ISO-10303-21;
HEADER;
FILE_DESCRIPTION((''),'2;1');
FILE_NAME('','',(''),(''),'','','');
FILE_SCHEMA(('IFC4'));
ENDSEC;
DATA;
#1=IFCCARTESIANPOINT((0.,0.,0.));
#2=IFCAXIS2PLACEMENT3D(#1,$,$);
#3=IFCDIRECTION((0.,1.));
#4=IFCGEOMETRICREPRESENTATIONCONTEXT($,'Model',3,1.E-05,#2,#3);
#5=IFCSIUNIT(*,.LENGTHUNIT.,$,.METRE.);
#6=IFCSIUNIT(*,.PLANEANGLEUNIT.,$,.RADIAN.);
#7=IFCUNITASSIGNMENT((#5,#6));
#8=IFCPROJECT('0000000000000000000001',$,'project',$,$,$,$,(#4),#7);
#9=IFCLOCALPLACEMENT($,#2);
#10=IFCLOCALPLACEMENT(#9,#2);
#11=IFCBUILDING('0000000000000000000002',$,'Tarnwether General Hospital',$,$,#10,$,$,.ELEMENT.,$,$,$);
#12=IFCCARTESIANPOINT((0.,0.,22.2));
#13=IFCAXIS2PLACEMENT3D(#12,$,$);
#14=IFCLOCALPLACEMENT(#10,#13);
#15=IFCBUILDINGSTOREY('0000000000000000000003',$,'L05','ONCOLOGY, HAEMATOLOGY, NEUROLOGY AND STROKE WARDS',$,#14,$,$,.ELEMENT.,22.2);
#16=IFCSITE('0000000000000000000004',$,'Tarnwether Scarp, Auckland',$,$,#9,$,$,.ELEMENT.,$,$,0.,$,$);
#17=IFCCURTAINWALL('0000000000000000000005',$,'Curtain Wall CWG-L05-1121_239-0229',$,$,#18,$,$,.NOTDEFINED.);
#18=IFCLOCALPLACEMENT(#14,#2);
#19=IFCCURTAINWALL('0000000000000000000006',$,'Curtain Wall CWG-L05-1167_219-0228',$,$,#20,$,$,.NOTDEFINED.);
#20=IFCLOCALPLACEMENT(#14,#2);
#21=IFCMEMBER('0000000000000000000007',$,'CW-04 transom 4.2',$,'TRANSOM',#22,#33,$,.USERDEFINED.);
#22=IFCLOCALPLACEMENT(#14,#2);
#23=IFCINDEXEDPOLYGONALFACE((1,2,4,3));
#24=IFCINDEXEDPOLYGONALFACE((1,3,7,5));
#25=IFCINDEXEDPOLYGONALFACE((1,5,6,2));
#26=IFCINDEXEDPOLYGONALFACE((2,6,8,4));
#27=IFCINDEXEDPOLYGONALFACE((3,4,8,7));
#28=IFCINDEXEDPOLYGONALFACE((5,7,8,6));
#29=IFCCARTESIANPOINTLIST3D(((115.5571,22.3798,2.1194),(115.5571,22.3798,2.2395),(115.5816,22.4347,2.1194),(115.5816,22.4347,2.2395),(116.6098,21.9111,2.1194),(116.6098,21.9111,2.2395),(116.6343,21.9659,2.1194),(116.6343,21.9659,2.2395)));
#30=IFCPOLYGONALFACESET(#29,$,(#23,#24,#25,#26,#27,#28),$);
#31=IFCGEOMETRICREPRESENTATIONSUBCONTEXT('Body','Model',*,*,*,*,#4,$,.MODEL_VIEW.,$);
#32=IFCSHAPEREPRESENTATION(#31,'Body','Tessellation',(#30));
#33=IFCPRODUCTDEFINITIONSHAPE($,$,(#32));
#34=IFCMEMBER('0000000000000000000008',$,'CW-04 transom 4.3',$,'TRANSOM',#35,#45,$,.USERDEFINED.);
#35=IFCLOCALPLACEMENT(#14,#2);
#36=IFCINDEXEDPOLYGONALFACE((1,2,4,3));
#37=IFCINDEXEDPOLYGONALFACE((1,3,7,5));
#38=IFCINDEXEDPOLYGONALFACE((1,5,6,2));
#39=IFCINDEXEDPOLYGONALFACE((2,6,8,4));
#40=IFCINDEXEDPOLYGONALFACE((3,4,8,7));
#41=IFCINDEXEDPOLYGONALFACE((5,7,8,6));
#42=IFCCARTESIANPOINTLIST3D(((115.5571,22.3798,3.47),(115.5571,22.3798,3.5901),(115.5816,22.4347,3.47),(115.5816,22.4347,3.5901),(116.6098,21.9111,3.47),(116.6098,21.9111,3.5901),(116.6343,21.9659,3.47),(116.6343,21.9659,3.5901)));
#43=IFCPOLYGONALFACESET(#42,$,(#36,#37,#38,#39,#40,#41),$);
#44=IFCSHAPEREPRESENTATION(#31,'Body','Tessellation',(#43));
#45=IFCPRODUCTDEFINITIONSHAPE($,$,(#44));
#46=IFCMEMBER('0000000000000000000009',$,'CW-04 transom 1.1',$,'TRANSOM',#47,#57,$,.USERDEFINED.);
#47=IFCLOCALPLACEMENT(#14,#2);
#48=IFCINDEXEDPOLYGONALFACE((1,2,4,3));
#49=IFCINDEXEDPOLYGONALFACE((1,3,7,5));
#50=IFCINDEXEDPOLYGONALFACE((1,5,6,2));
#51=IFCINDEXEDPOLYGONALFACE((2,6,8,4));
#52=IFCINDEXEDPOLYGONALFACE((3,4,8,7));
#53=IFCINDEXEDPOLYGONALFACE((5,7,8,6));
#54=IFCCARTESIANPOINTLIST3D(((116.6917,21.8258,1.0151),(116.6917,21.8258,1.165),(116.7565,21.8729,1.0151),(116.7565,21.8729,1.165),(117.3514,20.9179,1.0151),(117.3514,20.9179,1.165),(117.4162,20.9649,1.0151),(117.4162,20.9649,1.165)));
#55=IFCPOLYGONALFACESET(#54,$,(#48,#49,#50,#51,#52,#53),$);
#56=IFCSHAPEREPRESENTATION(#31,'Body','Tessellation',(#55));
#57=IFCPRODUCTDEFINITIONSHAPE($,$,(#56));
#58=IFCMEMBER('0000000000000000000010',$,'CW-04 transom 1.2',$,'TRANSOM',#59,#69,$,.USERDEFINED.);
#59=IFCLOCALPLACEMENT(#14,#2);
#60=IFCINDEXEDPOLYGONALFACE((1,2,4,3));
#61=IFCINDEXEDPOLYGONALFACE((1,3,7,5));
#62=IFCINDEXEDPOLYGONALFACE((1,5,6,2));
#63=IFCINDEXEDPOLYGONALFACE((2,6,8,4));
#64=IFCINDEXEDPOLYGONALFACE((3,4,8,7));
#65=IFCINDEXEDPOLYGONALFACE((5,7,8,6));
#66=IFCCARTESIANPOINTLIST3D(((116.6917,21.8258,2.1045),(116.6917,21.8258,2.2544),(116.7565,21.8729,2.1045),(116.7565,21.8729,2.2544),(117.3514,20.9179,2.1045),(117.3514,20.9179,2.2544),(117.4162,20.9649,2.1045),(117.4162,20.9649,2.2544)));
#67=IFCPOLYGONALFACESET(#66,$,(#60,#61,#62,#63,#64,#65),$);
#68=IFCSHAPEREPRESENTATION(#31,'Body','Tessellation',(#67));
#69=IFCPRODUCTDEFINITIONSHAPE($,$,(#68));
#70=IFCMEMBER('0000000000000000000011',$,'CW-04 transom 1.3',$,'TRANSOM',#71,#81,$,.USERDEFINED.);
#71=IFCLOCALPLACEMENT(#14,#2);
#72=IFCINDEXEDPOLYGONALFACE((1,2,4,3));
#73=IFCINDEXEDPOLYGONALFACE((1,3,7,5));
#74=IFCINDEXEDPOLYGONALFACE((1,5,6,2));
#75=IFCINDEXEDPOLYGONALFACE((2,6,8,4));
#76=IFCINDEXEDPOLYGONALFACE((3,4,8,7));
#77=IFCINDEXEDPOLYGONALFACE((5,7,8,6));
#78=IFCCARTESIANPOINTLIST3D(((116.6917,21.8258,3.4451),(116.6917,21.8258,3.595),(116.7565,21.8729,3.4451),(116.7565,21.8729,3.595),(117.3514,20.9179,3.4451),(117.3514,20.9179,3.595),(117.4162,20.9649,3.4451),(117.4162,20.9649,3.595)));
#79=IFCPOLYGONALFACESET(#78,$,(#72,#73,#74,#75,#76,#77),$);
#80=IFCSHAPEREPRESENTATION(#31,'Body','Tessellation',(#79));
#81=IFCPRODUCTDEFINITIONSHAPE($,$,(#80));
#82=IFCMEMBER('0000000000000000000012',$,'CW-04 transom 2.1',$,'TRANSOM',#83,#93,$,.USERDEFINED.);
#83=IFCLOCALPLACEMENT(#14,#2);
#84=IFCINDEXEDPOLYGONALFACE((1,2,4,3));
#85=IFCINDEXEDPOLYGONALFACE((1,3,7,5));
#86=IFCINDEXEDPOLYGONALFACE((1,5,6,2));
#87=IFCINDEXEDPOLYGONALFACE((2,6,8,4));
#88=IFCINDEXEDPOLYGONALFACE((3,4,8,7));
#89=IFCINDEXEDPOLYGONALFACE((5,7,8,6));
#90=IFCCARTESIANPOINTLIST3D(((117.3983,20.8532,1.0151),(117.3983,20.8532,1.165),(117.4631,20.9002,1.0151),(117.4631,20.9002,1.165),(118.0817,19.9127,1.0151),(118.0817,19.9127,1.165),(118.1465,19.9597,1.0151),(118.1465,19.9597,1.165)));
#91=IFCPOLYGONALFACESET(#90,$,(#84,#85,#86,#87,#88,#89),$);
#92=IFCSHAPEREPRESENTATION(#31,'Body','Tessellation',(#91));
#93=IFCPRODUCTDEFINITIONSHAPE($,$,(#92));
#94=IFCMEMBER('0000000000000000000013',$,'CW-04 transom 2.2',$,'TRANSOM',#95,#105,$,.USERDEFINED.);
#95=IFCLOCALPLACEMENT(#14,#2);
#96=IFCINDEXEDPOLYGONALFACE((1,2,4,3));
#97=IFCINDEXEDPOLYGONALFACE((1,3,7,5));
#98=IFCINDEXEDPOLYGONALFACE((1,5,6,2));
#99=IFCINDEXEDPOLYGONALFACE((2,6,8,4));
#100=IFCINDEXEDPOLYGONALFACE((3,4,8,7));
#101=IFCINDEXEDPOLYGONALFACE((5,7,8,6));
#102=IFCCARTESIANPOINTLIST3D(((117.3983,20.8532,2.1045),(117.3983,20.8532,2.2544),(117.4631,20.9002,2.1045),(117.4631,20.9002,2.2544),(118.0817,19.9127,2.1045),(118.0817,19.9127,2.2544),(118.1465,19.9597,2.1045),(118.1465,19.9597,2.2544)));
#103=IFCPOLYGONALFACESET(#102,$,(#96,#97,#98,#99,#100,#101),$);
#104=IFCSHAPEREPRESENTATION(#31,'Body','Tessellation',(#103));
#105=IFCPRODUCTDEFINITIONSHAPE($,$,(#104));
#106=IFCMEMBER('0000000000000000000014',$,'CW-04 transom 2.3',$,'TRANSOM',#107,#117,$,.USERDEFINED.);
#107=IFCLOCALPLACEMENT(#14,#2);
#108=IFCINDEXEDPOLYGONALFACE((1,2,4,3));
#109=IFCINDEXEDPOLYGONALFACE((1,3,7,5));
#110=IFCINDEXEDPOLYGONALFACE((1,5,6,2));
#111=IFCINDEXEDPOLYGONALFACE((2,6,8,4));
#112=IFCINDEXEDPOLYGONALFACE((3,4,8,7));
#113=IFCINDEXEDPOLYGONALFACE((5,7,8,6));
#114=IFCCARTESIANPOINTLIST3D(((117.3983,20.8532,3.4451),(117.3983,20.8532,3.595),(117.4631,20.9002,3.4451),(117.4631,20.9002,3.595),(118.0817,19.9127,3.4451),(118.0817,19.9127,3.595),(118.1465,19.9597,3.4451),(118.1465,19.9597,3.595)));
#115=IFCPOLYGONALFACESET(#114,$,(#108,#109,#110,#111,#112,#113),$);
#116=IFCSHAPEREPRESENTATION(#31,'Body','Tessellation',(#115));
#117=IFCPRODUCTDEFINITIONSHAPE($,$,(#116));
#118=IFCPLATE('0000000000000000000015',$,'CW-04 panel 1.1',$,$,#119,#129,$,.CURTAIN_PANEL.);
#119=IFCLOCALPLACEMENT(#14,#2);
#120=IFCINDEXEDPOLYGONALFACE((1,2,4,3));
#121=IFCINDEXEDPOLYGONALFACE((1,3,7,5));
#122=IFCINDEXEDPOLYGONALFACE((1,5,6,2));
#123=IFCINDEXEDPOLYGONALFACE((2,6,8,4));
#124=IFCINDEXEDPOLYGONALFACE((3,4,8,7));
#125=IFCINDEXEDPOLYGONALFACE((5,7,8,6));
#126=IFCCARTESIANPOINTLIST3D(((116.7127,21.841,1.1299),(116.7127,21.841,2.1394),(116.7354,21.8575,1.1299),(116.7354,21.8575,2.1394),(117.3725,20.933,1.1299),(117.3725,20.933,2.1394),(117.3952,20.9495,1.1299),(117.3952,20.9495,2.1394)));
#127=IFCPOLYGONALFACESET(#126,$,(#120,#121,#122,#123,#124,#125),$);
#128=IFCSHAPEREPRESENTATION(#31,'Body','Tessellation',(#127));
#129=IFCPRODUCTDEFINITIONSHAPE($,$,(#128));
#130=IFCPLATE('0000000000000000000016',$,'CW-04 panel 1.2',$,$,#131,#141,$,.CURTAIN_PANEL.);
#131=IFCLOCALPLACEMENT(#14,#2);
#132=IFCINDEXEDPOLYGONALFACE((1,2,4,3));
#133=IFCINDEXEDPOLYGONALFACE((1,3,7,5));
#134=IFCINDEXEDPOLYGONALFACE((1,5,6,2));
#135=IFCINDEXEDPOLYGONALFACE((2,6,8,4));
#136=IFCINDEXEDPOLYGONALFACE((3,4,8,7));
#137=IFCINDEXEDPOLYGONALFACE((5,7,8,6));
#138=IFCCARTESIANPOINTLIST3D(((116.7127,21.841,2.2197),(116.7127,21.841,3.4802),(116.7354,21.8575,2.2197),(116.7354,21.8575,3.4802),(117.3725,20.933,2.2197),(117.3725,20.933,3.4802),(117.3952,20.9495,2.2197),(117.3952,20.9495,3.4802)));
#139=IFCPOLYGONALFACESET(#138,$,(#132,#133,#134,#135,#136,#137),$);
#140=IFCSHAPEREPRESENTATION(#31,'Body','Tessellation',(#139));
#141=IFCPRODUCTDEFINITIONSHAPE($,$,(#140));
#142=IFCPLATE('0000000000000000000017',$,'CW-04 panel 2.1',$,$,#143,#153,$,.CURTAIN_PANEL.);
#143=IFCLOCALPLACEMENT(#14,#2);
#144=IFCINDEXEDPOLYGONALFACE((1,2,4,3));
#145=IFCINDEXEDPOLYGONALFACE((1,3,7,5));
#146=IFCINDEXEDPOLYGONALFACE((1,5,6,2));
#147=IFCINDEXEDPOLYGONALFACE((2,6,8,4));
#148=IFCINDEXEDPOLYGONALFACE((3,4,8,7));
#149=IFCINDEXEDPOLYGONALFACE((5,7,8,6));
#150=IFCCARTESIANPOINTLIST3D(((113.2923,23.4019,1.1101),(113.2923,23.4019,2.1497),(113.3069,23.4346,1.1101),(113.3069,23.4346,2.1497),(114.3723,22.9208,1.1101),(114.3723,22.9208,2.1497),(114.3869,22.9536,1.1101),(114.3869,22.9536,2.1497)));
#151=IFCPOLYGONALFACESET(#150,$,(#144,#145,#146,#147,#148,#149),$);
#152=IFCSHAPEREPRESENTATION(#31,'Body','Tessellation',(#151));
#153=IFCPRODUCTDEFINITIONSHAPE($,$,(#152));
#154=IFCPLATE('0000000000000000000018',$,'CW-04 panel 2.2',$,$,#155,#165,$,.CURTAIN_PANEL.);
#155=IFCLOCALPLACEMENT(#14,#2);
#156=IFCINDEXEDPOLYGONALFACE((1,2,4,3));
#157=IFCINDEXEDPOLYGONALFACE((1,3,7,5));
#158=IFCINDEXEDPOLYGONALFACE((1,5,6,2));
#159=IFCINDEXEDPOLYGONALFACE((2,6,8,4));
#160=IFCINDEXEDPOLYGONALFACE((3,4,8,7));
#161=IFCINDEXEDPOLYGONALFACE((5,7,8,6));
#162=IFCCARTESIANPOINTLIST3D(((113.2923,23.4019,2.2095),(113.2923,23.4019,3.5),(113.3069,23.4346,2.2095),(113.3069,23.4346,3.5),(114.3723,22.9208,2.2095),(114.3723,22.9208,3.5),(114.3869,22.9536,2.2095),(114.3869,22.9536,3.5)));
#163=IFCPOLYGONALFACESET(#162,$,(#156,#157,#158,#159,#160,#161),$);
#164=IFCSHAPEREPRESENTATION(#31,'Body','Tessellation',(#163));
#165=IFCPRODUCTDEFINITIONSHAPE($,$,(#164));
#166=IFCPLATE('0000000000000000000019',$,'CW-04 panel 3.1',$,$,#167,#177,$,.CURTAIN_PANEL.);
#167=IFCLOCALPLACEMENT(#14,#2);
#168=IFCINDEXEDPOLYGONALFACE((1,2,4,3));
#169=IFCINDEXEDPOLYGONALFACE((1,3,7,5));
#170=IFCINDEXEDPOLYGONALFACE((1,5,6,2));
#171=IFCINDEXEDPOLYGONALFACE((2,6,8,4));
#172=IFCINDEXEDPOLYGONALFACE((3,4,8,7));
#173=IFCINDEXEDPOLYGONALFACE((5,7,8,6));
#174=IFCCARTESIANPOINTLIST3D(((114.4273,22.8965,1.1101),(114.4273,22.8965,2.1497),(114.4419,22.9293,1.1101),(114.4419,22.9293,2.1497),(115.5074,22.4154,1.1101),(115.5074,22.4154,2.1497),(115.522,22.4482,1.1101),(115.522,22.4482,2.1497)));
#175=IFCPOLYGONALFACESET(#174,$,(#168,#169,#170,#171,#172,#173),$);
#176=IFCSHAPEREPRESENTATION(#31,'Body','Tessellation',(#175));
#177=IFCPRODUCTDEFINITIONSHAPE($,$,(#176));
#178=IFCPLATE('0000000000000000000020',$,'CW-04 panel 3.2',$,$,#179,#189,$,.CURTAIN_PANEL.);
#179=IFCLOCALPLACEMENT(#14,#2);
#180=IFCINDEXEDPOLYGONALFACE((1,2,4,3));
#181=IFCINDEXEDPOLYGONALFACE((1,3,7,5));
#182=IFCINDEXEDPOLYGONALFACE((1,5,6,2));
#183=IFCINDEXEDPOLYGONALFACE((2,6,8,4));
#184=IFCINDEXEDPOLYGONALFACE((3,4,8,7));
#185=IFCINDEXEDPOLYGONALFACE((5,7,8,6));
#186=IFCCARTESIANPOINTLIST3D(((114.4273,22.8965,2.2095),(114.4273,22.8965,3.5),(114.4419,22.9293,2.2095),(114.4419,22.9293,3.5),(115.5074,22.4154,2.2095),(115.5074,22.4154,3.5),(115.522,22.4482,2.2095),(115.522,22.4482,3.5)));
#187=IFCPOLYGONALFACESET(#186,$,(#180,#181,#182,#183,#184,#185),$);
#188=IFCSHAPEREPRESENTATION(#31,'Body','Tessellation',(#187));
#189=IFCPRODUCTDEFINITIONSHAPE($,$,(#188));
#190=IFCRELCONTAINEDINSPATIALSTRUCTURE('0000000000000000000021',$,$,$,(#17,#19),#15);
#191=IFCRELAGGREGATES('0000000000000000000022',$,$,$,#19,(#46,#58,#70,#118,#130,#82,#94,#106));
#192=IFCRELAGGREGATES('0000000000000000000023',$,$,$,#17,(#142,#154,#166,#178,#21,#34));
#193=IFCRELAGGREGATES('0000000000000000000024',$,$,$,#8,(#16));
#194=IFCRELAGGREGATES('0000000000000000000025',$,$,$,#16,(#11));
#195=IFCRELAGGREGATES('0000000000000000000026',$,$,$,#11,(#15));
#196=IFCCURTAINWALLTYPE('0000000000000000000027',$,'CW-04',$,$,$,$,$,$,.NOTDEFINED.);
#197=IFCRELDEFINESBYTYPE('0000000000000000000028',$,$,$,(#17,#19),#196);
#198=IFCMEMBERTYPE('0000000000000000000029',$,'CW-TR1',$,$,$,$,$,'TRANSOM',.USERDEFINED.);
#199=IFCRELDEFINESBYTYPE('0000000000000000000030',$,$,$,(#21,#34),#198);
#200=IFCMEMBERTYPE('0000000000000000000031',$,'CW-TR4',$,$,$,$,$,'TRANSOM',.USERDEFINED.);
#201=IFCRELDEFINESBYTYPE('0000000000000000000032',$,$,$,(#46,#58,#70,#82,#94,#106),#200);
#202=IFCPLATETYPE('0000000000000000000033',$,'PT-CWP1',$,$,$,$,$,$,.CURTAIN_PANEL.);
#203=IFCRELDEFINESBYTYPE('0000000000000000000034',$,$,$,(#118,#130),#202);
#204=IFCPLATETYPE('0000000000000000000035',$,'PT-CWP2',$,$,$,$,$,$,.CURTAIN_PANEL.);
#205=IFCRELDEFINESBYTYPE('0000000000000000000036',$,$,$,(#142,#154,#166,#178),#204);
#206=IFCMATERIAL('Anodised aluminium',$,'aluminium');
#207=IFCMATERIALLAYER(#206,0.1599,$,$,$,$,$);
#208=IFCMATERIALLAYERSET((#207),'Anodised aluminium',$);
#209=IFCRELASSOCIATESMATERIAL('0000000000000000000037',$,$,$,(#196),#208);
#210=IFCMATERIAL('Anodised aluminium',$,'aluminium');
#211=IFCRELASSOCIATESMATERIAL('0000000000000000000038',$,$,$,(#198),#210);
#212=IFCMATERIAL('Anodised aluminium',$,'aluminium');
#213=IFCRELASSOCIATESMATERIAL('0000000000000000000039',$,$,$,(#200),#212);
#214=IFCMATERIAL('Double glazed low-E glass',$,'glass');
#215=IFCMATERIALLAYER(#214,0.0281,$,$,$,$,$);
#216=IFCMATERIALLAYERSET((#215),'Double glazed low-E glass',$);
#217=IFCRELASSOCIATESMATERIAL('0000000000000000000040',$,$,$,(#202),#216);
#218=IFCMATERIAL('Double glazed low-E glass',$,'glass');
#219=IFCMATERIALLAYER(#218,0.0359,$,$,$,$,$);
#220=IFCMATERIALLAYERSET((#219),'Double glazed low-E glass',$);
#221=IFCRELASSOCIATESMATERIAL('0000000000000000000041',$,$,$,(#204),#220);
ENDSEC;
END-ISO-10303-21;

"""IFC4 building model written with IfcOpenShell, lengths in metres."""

from ifc_helpers import new_model, si_unit, direction, frame, origin, origin_2d, place, context, subcontext, project, spatial, rectangle, extrude, material, layer, layer_set, material_profile, profile_set, type_object, element, aggregate, save


model = new_model("IFC4")

# Units and contexts
model_context = context("Model", 3, precision=1e-05, world=origin(), true_north=direction((0.0, 1.0)))
body_context = subcontext(model_context, "Body", "Model", "MODEL_VIEW")
ifc_project = project(units=[si_unit("LENGTHUNIT", "METRE"), si_unit("PLANEANGLEUNIT", "RADIAN")], contexts=[model_context])

# Site, building, storey
site_placement = place(None, origin())
site = spatial("IfcSite", under=ifc_project, at=site_placement, Name="Tarnwether Scarp, Auckland", CompositionType="ELEMENT", RefElevation=0.0)
building_placement = place(site_placement, origin())
building = spatial("IfcBuilding", under=site, at=building_placement, Name="Tarnwether General Hospital", CompositionType="ELEMENT")
storey_placement = place(building_placement, frame((0.0, 0.0, 22.2)))
storey = spatial("IfcBuildingStorey", under=building, at=storey_placement, Name="L05", Description="ONCOLOGY, HAEMATOLOGY, NEUROLOGY AND STROKE WARDS", CompositionType="ELEMENT", Elevation=22.2)

# Curtain walls
ifc_material_1 = material(Name="Anodised aluminium", Category="aluminium")
ifc_layer_1 = layer(ifc_material_1, 0.1599)
ifc_layer_set_1 = layer_set([ifc_layer_1], Name="Anodised aluminium")
curtain_wall_type = type_object("IfcCurtainWallType", Name="CW-04", PredefinedType="NOTDEFINED", material=ifc_layer_set_1)
curtain_wall_1_placement = place(storey_placement, origin())
curtain_wall_1 = element("IfcCurtainWall", 1, at=curtain_wall_1_placement, inside=storey, type_object=curtain_wall_type, Name="Curtain Wall CWG-L05-1121_239-0229", PredefinedType="NOTDEFINED")
curtain_wall_2_placement = place(storey_placement, origin())
curtain_wall_2 = element("IfcCurtainWall", 2, at=curtain_wall_2_placement, inside=storey, type_object=curtain_wall_type, Name="Curtain Wall CWG-L05-1167_219-0228", PredefinedType="NOTDEFINED")

# Members
ifc_material_2 = material(Name="Anodised aluminium", Category="aluminium")
ifc_material_profile_1 = material_profile(ifc_material_2, rectangle(XDim=0.0601, YDim=0.1201, at=origin_2d()), Name="ALU-TRN-60x120")
ifc_profile_set_1 = profile_set([ifc_material_profile_1], Name="Anodised aluminium")
member_type_1 = type_object("IfcMemberType", Name="CW-TR1", ElementType="TRANSOM", PredefinedType="USERDEFINED", material=ifc_profile_set_1)
member_1_placement = place(storey_placement, frame((115.5693, 22.4072, 2.1794), z_axis=(0.913532, -0.406767, 0.0), x_axis=(0.406767, 0.913532, 0.0)))
member_1 = element("IfcMember", 3, at=member_1_placement, type_object=member_type_1, Name="CW-04 transom 4.2", ObjectType="TRANSOM", PredefinedType="USERDEFINED", context=body_context, shape_type="SweptSolid", body=[
    extrude(rectangle(XDim=0.0601, YDim=0.1201, at=origin_2d()), origin(), (0.0, 0.0, 1.0), 1.1523),
])
member_2_placement = place(storey_placement, frame((115.5693, 22.4072, 3.53), z_axis=(0.913532, -0.406767, 0.0), x_axis=(0.406767, 0.913532, 0.0)))
member_2 = element("IfcMember", 4, at=member_2_placement, type_object=member_type_1, Name="CW-04 transom 4.3", ObjectType="TRANSOM", PredefinedType="USERDEFINED", context=body_context, shape_type="SweptSolid", body=[
    extrude(rectangle(XDim=0.0601, YDim=0.1201, at=origin_2d()), origin(), (0.0, 0.0, 1.0), 1.1523),
])
ifc_material_3 = material(Name="Anodised aluminium", Category="aluminium")
ifc_material_profile_2 = material_profile(ifc_material_3, rectangle(XDim=0.0801, YDim=0.1499, at=origin_2d()), Name="ALU-TRN-80x150")
ifc_profile_set_2 = profile_set([ifc_material_profile_2], Name="Anodised aluminium")
member_type_2 = type_object("IfcMemberType", Name="CW-TR4", ElementType="TRANSOM", PredefinedType="USERDEFINED", material=ifc_profile_set_2)
member_3_placement = place(storey_placement, frame((116.7241, 21.8494, 1.0901), z_axis=(0.587784, -0.809018, 0.0), x_axis=(0.809018, 0.587784, 0.0)))
member_3 = element("IfcMember", 5, at=member_3_placement, type_object=member_type_2, Name="CW-04 transom 1.1", ObjectType="TRANSOM", PredefinedType="USERDEFINED", context=body_context, shape_type="SweptSolid", body=[
    extrude(rectangle(XDim=0.0801, YDim=0.1499, at=origin_2d()), origin(), (0.0, 0.0, 1.0), 1.1223),
])
member_4_placement = place(storey_placement, frame((116.7241, 21.8494, 2.1794), z_axis=(0.587784, -0.809018, 0.0), x_axis=(0.809018, 0.587784, 0.0)))
member_4 = element("IfcMember", 6, at=member_4_placement, type_object=member_type_2, Name="CW-04 transom 1.2", ObjectType="TRANSOM", PredefinedType="USERDEFINED", context=body_context, shape_type="SweptSolid", body=[
    extrude(rectangle(XDim=0.0801, YDim=0.1499, at=origin_2d()), origin(), (0.0, 0.0, 1.0), 1.1223),
])
member_5_placement = place(storey_placement, frame((116.7241, 21.8494, 3.52), z_axis=(0.587784, -0.809018, 0.0), x_axis=(0.809018, 0.587784, 0.0)))
member_5 = element("IfcMember", 7, at=member_5_placement, type_object=member_type_2, Name="CW-04 transom 1.3", ObjectType="TRANSOM", PredefinedType="USERDEFINED", context=body_context, shape_type="SweptSolid", body=[
    extrude(rectangle(XDim=0.0801, YDim=0.1499, at=origin_2d()), origin(), (0.0, 0.0, 1.0), 1.1223),
])
member_6_placement = place(storey_placement, frame((117.4307, 20.8767, 1.0901), z_axis=(0.587834, -0.808981, 0.0), x_axis=(0.808981, 0.587834, 0.0)))
member_6 = element("IfcMember", 8, at=member_6_placement, type_object=member_type_2, Name="CW-04 transom 2.1", ObjectType="TRANSOM", PredefinedType="USERDEFINED", context=body_context, shape_type="SweptSolid", body=[
    extrude(rectangle(XDim=0.0801, YDim=0.1499, at=origin_2d()), origin(), (0.0, 0.0, 1.0), 1.1626),
])
member_7_placement = place(storey_placement, frame((117.4307, 20.8767, 2.1794), z_axis=(0.587834, -0.808981, 0.0), x_axis=(0.808981, 0.587834, 0.0)))
member_7 = element("IfcMember", 9, at=member_7_placement, type_object=member_type_2, Name="CW-04 transom 2.2", ObjectType="TRANSOM", PredefinedType="USERDEFINED", context=body_context, shape_type="SweptSolid", body=[
    extrude(rectangle(XDim=0.0801, YDim=0.1499, at=origin_2d()), origin(), (0.0, 0.0, 1.0), 1.1626),
])
member_8_placement = place(storey_placement, frame((117.4307, 20.8767, 3.52), z_axis=(0.587834, -0.808981, 0.0), x_axis=(0.808981, 0.587834, 0.0)))
member_8 = element("IfcMember", 10, at=member_8_placement, type_object=member_type_2, Name="CW-04 transom 2.3", ObjectType="TRANSOM", PredefinedType="USERDEFINED", context=body_context, shape_type="SweptSolid", body=[
    extrude(rectangle(XDim=0.0801, YDim=0.1499, at=origin_2d()), origin(), (0.0, 0.0, 1.0), 1.1626),
])

# Plates
ifc_material_4 = material(Name="Double glazed low-E glass", Category="glass")
ifc_layer_2 = layer(ifc_material_4, 0.0281)
ifc_layer_set_2 = layer_set([ifc_layer_2], Name="Double glazed low-E glass")
plate_type_1 = type_object("IfcPlateType", Name="PT-CWP1", PredefinedType="CURTAIN_PANEL", material=ifc_layer_set_2)
plate_1_placement = place(storey_placement, frame((117.054, 21.3953, 1.1299), z_axis=(0.0, 0.0, 1.0), x_axis=(0.587825, -0.808988, 0.0)))
plate_1 = element("IfcPlate", 11, at=plate_1_placement, type_object=plate_type_1, Name="CW-04 panel 1.1", PredefinedType="CURTAIN_PANEL", context=body_context, shape_type="SweptSolid", body=[
    extrude(rectangle(XDim=1.1223, YDim=0.0281, at=origin_2d()), origin(), (0.0, 0.0, 1.0), 1.0095),
])
plate_2_placement = place(storey_placement, frame((117.054, 21.3953, 2.2197), z_axis=(0.0, 0.0, 1.0), x_axis=(0.587825, -0.808988, 0.0)))
plate_2 = element("IfcPlate", 12, at=plate_2_placement, type_object=plate_type_1, Name="CW-04 panel 1.2", PredefinedType="CURTAIN_PANEL", context=body_context, shape_type="SweptSolid", body=[
    extrude(rectangle(XDim=1.1223, YDim=0.0281, at=origin_2d()), origin(), (0.0, 0.0, 1.0), 1.2605),
])
aggregate(curtain_wall_2, [member_3, member_4, member_5, plate_1, plate_2, member_6, member_7, member_8])
ifc_material_5 = material(Name="Double glazed low-E glass", Category="glass")
ifc_layer_3 = layer(ifc_material_5, 0.0359)
ifc_layer_set_3 = layer_set([ifc_layer_3], Name="Double glazed low-E glass")
plate_type_2 = type_object("IfcPlateType", Name="PT-CWP2", PredefinedType="CURTAIN_PANEL", material=ifc_layer_set_3)
plate_3_placement = place(storey_placement, frame((113.8396, 23.1777, 1.1101), z_axis=(0.0, 0.0, 1.0), x_axis=(0.913496, -0.406848, 0.0)))
plate_3 = element("IfcPlate", 13, at=plate_3_placement, type_object=plate_type_2, Name="CW-04 panel 2.1", PredefinedType="CURTAIN_PANEL", context=body_context, shape_type="SweptSolid", body=[
    extrude(rectangle(XDim=1.1824, YDim=0.0359, at=origin_2d()), origin(), (0.0, 0.0, 1.0), 1.0396),
])
plate_4_placement = place(storey_placement, frame((113.8396, 23.1777, 2.2095), z_axis=(0.0, 0.0, 1.0), x_axis=(0.913496, -0.406848, 0.0)))
plate_4 = element("IfcPlate", 14, at=plate_4_placement, type_object=plate_type_2, Name="CW-04 panel 2.2", PredefinedType="CURTAIN_PANEL", context=body_context, shape_type="SweptSolid", body=[
    extrude(rectangle(XDim=1.1824, YDim=0.0359, at=origin_2d()), origin(), (0.0, 0.0, 1.0), 1.2905),
])
plate_5_placement = place(storey_placement, frame((114.9746, 22.6724, 1.1101), z_axis=(0.0, 0.0, 1.0), x_axis=(0.913496, -0.406848, 0.0)))
plate_5 = element("IfcPlate", 15, at=plate_5_placement, type_object=plate_type_2, Name="CW-04 panel 3.1", PredefinedType="CURTAIN_PANEL", context=body_context, shape_type="SweptSolid", body=[
    extrude(rectangle(XDim=1.1824, YDim=0.0359, at=origin_2d()), origin(), (0.0, 0.0, 1.0), 1.0396),
])
plate_6_placement = place(storey_placement, frame((114.9746, 22.6724, 2.2095), z_axis=(0.0, 0.0, 1.0), x_axis=(0.913496, -0.406848, 0.0)))
plate_6 = element("IfcPlate", 16, at=plate_6_placement, type_object=plate_type_2, Name="CW-04 panel 3.2", PredefinedType="CURTAIN_PANEL", context=body_context, shape_type="SweptSolid", body=[
    extrude(rectangle(XDim=1.1824, YDim=0.0359, at=origin_2d()), origin(), (0.0, 0.0, 1.0), 1.2905),
])
aggregate(curtain_wall_1, [plate_3, plate_4, plate_5, plate_6, member_1, member_2])

save(model, "model.ifc")
